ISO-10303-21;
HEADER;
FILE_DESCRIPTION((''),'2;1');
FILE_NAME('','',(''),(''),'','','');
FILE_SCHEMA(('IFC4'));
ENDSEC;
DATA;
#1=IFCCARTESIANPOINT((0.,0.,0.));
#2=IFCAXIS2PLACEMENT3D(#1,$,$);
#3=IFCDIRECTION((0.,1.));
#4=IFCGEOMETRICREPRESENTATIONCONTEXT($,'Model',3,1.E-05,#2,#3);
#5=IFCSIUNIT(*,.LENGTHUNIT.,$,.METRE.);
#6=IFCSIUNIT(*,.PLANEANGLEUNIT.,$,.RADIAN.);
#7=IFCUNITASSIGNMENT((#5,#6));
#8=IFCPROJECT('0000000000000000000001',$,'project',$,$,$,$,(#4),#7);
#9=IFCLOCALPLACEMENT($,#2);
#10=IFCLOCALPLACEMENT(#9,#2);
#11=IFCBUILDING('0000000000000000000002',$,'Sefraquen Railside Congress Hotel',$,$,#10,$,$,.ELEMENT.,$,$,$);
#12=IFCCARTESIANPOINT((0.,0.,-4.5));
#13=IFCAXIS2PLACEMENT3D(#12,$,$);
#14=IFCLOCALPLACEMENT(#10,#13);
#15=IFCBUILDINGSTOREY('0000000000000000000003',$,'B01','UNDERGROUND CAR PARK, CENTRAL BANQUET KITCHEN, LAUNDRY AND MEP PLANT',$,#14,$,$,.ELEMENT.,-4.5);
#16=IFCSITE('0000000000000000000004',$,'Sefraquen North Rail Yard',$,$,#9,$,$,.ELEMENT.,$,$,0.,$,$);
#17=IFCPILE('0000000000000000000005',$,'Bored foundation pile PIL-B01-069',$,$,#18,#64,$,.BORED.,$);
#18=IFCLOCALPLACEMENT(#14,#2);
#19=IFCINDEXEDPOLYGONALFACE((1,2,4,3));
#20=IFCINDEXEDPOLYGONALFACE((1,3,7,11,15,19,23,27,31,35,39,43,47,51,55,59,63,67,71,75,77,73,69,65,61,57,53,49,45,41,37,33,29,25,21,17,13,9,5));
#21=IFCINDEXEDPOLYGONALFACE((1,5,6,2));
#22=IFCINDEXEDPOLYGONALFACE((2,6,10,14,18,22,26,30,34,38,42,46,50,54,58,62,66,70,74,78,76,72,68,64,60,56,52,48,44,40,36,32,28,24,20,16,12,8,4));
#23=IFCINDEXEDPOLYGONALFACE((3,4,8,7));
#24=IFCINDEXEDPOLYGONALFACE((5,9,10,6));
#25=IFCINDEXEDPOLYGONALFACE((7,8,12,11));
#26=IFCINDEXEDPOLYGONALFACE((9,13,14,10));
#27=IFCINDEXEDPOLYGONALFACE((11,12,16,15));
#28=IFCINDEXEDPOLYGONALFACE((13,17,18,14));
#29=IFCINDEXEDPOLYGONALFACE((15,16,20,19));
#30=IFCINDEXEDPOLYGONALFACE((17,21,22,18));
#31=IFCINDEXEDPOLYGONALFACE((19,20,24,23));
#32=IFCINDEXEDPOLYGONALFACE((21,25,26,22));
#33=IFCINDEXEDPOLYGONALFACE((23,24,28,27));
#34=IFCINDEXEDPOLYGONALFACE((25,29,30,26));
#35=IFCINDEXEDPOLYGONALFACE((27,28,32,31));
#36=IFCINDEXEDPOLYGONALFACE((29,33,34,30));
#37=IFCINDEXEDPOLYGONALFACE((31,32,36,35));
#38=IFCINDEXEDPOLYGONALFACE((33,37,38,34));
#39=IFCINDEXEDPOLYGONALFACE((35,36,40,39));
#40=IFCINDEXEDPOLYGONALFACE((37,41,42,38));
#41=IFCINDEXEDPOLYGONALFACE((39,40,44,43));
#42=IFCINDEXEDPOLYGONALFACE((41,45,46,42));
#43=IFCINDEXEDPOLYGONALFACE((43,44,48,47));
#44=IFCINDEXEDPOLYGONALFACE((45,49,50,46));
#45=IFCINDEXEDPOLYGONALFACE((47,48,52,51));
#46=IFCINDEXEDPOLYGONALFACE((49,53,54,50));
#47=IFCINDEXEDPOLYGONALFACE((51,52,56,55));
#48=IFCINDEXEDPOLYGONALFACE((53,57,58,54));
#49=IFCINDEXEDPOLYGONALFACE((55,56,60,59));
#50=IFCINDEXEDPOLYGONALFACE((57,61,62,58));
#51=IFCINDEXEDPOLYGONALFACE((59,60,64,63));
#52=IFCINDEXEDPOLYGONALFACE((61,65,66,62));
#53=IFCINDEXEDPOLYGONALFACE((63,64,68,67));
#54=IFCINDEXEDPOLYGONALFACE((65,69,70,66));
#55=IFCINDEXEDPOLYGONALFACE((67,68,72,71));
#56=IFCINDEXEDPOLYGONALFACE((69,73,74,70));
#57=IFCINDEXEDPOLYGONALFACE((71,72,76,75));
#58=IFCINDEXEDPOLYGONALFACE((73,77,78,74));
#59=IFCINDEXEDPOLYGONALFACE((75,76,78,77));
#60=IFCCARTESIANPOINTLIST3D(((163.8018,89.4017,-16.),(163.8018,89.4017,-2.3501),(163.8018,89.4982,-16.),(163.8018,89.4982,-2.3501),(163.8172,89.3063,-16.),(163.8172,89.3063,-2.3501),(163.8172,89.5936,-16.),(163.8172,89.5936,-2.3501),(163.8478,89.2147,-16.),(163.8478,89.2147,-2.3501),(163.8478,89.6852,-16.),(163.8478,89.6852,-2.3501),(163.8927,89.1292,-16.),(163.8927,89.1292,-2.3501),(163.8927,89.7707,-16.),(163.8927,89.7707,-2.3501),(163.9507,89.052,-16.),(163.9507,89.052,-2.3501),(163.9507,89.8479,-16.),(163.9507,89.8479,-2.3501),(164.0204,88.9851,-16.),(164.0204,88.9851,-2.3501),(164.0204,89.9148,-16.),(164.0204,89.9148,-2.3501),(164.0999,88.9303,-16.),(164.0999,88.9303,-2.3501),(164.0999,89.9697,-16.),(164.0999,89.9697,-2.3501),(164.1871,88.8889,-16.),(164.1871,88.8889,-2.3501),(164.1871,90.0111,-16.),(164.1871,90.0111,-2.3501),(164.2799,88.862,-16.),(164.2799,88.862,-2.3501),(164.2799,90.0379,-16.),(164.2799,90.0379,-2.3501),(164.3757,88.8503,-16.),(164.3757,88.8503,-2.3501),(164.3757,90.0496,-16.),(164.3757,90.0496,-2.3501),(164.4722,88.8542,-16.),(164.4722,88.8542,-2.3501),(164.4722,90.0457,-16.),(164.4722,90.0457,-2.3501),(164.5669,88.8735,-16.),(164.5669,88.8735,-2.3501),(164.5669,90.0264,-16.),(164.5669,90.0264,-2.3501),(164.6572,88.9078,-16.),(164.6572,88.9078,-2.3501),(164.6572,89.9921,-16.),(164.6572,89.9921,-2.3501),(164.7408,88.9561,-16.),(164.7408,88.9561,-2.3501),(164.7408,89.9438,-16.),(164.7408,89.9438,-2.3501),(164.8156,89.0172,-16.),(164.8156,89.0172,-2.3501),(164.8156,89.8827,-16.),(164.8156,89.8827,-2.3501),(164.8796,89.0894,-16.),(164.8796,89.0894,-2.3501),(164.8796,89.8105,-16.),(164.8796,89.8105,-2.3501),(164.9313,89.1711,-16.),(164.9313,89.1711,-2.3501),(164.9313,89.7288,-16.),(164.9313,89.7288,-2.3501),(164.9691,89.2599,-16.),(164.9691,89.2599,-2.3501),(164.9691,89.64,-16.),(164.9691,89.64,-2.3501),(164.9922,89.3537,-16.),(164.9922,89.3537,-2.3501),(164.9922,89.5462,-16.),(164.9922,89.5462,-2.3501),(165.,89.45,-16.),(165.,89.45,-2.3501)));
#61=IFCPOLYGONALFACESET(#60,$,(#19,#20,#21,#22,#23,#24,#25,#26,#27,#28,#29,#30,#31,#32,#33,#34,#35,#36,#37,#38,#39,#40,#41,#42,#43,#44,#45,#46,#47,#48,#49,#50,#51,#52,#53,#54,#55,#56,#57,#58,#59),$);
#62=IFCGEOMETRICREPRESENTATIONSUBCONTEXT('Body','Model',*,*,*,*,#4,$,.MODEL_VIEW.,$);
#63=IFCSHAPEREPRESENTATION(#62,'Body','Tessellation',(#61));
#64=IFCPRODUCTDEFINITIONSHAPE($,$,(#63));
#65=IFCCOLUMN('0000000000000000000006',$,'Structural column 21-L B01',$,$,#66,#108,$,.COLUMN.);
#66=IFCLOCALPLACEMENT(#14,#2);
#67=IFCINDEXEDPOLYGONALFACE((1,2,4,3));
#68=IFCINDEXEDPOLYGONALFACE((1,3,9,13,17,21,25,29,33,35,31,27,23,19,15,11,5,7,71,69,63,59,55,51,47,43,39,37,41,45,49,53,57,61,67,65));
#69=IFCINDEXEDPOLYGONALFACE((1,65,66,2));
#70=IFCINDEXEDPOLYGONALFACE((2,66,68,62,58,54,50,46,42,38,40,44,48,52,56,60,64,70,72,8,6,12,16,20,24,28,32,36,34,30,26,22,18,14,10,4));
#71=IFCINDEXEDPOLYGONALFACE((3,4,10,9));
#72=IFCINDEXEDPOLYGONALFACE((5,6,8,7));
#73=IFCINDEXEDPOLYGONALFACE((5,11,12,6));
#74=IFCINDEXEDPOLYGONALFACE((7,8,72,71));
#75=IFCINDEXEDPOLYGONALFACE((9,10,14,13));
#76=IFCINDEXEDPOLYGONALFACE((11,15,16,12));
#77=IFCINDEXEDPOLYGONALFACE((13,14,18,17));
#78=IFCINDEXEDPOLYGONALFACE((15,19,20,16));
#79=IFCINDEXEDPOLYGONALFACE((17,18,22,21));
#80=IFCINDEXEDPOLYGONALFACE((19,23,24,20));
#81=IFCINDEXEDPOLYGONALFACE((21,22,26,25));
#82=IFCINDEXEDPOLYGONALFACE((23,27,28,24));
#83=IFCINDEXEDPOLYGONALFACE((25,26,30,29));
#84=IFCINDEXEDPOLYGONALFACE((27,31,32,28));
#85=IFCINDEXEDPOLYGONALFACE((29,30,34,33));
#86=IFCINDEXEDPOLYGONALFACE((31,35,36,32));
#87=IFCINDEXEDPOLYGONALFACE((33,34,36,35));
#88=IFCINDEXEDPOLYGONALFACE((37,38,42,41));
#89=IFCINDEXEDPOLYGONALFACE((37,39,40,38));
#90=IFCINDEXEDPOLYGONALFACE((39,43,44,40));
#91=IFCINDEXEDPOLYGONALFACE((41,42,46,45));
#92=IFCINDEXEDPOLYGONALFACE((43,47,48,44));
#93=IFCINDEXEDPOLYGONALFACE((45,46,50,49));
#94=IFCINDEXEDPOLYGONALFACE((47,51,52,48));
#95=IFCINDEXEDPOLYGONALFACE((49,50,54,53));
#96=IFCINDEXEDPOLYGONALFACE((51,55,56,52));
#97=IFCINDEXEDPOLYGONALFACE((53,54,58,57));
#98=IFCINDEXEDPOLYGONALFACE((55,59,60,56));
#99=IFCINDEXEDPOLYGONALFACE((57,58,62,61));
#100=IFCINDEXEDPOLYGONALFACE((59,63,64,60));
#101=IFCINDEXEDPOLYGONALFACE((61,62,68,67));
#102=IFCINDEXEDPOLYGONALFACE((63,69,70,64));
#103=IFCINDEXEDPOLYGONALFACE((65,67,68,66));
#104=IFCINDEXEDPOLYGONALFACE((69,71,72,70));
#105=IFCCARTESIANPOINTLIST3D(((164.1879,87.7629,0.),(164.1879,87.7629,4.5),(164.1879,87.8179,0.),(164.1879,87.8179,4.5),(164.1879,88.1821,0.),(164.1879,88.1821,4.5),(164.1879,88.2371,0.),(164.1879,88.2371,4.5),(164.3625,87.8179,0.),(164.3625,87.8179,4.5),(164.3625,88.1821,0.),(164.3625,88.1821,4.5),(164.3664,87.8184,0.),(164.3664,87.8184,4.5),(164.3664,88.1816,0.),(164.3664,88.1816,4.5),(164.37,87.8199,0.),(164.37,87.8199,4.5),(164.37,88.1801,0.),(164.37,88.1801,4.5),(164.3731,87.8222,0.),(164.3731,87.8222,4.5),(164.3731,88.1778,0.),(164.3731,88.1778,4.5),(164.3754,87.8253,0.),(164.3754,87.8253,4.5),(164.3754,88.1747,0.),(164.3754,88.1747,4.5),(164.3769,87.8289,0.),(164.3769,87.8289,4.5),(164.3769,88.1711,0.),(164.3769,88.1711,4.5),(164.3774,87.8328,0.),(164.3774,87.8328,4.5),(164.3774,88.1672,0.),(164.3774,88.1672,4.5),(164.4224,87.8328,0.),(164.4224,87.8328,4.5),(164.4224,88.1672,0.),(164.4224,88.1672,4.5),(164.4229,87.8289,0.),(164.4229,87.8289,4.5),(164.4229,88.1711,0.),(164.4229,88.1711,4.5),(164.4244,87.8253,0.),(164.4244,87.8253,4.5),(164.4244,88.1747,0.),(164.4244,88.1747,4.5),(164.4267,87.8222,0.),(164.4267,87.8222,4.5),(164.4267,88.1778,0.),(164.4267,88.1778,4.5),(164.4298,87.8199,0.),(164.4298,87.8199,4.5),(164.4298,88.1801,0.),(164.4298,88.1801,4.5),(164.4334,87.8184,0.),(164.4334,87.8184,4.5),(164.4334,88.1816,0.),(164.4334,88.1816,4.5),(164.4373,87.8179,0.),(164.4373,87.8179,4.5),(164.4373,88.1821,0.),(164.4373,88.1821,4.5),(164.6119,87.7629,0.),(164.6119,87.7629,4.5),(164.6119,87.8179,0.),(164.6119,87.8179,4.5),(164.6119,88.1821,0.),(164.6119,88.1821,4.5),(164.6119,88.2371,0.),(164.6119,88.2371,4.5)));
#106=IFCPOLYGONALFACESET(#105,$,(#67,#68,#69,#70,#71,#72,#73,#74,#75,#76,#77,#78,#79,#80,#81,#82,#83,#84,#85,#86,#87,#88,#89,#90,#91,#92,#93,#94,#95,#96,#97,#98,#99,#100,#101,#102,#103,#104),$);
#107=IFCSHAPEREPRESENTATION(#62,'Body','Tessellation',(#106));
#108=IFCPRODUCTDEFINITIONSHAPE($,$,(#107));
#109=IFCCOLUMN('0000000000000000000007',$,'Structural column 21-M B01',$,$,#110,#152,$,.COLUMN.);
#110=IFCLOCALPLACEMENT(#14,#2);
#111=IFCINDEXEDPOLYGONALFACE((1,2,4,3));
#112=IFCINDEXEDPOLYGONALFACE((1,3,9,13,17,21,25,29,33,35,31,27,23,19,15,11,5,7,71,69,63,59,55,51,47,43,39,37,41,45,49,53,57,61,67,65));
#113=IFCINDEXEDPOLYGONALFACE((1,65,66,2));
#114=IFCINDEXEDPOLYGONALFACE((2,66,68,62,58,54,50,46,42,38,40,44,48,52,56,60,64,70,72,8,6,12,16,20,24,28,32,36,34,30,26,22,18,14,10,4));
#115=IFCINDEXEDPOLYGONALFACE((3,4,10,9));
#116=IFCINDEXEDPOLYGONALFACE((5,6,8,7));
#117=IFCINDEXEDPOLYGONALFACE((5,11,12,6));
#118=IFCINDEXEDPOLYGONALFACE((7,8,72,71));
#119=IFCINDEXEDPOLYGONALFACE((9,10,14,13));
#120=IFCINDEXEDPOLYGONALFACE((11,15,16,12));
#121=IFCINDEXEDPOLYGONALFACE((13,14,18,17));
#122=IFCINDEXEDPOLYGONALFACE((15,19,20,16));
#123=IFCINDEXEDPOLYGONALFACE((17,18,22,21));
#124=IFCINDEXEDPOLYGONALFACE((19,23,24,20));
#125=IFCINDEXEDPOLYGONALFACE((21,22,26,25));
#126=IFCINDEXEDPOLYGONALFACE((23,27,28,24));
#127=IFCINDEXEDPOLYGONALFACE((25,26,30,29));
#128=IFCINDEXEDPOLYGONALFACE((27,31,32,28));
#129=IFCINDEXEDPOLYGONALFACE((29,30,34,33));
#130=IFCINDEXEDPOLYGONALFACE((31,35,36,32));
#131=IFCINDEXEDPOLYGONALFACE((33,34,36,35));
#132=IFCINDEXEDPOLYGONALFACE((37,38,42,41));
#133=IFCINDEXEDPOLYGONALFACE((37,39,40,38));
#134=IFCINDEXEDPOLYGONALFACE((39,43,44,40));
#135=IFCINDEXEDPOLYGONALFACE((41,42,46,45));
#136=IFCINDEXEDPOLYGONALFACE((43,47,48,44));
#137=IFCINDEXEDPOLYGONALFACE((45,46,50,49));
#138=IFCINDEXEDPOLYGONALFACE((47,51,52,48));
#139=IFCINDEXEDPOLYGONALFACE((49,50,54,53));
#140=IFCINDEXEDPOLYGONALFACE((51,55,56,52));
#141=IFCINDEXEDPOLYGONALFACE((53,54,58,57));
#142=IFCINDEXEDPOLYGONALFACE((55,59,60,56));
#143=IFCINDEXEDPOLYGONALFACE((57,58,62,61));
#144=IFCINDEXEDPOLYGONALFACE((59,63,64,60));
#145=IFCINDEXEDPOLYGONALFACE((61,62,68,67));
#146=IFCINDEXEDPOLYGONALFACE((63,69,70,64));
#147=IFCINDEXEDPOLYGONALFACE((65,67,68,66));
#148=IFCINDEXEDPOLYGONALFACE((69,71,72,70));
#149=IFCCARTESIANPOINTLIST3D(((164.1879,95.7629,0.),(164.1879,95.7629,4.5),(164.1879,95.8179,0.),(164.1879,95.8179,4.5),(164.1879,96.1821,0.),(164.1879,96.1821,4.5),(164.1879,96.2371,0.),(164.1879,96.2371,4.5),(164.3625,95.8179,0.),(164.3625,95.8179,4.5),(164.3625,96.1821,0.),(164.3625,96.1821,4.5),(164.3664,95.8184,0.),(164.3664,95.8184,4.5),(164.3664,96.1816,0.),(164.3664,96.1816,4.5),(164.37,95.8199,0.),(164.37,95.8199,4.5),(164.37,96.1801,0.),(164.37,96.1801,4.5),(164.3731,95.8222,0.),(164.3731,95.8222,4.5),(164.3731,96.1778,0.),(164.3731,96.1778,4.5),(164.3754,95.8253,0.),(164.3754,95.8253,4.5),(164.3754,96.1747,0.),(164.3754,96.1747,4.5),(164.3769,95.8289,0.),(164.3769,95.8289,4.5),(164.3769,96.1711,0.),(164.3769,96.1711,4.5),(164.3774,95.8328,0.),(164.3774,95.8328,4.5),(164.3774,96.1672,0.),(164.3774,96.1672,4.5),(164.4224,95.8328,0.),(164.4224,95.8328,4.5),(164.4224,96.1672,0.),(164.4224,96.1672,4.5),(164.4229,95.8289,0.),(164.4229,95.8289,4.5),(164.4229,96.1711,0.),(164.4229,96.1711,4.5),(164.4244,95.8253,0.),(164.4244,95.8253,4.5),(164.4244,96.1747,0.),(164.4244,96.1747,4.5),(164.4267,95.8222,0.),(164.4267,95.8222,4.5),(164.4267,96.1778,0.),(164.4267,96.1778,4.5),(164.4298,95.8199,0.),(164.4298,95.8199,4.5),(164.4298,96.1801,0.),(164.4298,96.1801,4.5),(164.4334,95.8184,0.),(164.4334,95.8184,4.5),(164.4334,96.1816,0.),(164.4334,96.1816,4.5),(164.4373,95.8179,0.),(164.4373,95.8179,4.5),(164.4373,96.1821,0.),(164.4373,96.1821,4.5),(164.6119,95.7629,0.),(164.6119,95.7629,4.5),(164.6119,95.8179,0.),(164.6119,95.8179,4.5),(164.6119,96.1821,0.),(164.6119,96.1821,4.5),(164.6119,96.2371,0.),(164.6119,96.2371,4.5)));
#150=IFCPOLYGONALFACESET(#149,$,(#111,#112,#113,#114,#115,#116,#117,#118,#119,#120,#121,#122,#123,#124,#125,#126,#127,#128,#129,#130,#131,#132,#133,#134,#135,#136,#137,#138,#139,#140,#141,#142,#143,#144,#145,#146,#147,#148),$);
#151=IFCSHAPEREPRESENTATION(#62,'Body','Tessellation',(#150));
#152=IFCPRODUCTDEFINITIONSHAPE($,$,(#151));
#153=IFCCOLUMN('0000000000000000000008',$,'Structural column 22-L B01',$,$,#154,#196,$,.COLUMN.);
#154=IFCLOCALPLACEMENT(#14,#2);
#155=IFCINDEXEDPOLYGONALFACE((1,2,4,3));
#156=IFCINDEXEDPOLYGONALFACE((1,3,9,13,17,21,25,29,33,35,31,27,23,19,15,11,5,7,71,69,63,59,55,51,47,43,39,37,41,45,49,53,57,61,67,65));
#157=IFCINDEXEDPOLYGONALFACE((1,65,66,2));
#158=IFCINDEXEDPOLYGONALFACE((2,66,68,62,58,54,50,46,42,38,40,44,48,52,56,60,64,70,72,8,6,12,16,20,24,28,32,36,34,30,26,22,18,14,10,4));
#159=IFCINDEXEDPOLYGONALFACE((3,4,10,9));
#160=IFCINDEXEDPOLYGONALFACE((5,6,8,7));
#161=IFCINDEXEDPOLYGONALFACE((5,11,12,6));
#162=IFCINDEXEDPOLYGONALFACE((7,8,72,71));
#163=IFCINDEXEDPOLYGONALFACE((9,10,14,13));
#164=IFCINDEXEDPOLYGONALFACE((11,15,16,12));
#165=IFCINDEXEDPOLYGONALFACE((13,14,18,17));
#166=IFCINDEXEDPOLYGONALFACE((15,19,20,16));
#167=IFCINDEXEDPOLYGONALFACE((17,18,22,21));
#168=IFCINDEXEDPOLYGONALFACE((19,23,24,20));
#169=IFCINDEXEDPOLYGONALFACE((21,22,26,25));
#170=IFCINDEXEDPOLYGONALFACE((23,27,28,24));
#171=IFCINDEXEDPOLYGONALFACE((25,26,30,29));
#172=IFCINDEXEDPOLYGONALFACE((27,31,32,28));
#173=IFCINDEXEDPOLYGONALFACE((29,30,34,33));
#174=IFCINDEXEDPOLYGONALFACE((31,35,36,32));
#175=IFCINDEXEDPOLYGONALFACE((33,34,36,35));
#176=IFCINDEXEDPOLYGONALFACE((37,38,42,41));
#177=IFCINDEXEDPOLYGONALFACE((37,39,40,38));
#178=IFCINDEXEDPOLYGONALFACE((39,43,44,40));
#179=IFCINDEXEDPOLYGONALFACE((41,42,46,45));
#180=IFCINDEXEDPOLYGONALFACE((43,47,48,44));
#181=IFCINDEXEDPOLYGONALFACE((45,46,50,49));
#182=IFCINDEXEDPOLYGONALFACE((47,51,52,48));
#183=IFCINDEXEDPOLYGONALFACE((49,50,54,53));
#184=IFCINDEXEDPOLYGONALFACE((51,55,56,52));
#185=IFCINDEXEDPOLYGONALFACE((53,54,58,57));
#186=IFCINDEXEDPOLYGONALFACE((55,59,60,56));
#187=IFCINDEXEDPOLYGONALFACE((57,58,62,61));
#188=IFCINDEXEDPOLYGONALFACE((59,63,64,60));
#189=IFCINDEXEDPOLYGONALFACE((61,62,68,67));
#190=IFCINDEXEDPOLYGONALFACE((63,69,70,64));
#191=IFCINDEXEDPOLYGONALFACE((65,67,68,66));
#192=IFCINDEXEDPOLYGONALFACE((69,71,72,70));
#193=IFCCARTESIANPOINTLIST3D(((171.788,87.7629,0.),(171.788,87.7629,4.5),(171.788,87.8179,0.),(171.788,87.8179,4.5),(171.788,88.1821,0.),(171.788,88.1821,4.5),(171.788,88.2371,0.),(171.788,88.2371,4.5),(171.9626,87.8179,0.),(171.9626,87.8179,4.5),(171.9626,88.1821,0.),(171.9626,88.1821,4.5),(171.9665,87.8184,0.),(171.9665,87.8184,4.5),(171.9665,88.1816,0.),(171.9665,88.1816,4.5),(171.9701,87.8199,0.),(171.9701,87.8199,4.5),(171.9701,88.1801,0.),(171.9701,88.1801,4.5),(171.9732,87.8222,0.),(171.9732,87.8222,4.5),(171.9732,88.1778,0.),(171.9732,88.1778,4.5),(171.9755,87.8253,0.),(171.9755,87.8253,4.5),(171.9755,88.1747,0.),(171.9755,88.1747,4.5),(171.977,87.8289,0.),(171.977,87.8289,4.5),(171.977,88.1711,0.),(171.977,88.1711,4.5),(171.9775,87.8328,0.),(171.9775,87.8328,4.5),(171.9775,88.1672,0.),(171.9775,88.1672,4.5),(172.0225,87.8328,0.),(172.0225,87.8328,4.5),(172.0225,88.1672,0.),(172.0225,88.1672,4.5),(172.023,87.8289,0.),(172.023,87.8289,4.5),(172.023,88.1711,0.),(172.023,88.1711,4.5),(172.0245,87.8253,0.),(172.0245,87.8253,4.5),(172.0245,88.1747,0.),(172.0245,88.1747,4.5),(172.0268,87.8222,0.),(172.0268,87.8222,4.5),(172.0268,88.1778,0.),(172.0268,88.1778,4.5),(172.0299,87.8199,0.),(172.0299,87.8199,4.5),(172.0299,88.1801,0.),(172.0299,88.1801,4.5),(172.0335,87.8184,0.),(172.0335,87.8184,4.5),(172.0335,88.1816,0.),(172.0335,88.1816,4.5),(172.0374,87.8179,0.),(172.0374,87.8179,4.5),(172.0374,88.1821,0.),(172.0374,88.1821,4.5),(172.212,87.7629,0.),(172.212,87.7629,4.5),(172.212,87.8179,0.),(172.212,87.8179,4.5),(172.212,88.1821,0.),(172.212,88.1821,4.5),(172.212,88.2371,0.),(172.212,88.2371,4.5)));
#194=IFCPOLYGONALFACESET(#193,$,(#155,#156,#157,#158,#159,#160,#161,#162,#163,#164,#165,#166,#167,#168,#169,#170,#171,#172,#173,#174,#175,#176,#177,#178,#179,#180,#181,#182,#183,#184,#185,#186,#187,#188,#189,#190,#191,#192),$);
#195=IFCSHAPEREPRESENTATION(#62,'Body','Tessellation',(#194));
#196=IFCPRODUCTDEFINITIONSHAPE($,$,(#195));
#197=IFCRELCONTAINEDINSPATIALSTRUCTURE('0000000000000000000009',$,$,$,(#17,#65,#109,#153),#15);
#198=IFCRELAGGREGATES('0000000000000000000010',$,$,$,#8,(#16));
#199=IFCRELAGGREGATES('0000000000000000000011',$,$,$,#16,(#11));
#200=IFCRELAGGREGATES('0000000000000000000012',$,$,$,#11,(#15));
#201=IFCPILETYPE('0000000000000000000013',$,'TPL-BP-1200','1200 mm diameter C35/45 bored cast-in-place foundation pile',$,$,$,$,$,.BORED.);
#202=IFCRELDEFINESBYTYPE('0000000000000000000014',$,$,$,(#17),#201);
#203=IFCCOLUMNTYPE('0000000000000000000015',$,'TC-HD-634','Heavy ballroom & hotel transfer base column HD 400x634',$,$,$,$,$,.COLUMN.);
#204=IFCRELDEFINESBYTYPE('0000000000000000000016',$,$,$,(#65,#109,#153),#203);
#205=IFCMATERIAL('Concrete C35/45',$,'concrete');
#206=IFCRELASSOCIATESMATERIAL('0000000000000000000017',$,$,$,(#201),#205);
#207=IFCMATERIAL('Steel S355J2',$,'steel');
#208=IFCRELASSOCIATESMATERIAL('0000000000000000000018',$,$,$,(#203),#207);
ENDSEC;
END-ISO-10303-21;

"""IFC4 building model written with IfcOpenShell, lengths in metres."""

from ifc_helpers import new_model, si_unit, direction, frame, origin, origin_2d, place, context, subcontext, project, spatial, circle, i_section, extrude, material, material_profile, profile_set, type_object, element, save


model = new_model("IFC4")

# Units and contexts
model_context = context("Model", 3, precision=1e-05, world=origin(), true_north=direction((0.0, 1.0)))
body_context = subcontext(model_context, "Body", "Model", "MODEL_VIEW")
ifc_project = project(units=[si_unit("LENGTHUNIT", "METRE"), si_unit("PLANEANGLEUNIT", "RADIAN")], contexts=[model_context])

# Site, building, storey
site_placement = place(None, origin())
site = spatial("IfcSite", under=ifc_project, at=site_placement, Name="Sefraquen North Rail Yard", CompositionType="ELEMENT", RefElevation=0.0)
building_placement = place(site_placement, origin())
building = spatial("IfcBuilding", under=site, at=building_placement, Name="Sefraquen Railside Congress Hotel", CompositionType="ELEMENT")
storey_placement = place(building_placement, frame((0.0, 0.0, -4.5)))
storey = spatial("IfcBuildingStorey", under=building, at=storey_placement, Name="B01", Description="UNDERGROUND CAR PARK, CENTRAL BANQUET KITCHEN, LAUNDRY AND MEP PLANT", CompositionType="ELEMENT", Elevation=-4.5)

# Pile
ifc_material_1 = material(Name="Concrete C35/45", Category="concrete")
ifc_material_profile_1 = material_profile(ifc_material_1, circle(Radius=0.6001, at=origin_2d()), Name="BORED PILE 1200")
ifc_profile_set_1 = profile_set([ifc_material_profile_1], Name="Concrete C35/45")
pile_type_1 = type_object("IfcPileType", Name="TPL-BP-1200", Description="1200 mm diameter C35/45 bored cast-in-place foundation pile", PredefinedType="BORED", material=ifc_profile_set_1)
for number, where, z_axis, x_axis, name in (
    (1, (164.3999, 89.45, -2.3501), (0.0, 0.0, -1.0), (1.0, 0.0, 0.0), "Bored foundation pile PIL-B01-069"),
):
    element("IfcPile", number, at=place(storey_placement, frame(where, z_axis=z_axis, x_axis=x_axis)), inside=storey, type_object=pile_type_1, Name=name, PredefinedType="BORED", context=body_context, shape_type="SweptSolid", body=[
        extrude(circle(Radius=0.6001, at=origin_2d()), origin(), (0.0, 0.0, 1.0), 13.6499),
    ])

# Columns
ifc_material_2 = material(Name="Steel S355J2", Category="steel")
ifc_material_profile_2 = material_profile(ifc_material_2, i_section(OverallWidth=0.4241, OverallDepth=0.4741, WebThickness=0.0449, FlangeThickness=0.0549, FilletRadius=0.0149, at=origin_2d()), Name="HD 400x634")
ifc_profile_set_2 = profile_set([ifc_material_profile_2], Name="Steel S355J2")
column_type = type_object("IfcColumnType", Name="TC-HD-634", Description="Heavy ballroom & hotel transfer base column HD 400x634", PredefinedType="COLUMN", material=ifc_profile_set_2)
for number, where, z_axis, x_axis, name in (
    (2, (164.3999, 88.0, 0.0), (0.0, 0.0, 1.0), (1.0, 0.0, 0.0), "Structural column 21-L B01"),
    (3, (164.3999, 96.0, 0.0), (0.0, 0.0, 1.0), (1.0, 0.0, 0.0), "Structural column 21-M B01"),
    (4, (172.0, 88.0, 0.0), (0.0, 0.0, 1.0), (1.0, 0.0, 0.0), "Structural column 22-L B01"),
):
    element("IfcColumn", number, at=place(storey_placement, frame(where, z_axis=z_axis, x_axis=x_axis)), inside=storey, type_object=column_type, Name=name, PredefinedType="COLUMN", context=body_context, shape_type="SweptSolid", body=[
        extrude(i_section(OverallWidth=0.4241, OverallDepth=0.4741, WebThickness=0.0449, FlangeThickness=0.0549, FilletRadius=0.0149, at=origin_2d()), origin(), (0.0, 0.0, 1.0), 4.5),
    ])

save(model, "model.ifc")
